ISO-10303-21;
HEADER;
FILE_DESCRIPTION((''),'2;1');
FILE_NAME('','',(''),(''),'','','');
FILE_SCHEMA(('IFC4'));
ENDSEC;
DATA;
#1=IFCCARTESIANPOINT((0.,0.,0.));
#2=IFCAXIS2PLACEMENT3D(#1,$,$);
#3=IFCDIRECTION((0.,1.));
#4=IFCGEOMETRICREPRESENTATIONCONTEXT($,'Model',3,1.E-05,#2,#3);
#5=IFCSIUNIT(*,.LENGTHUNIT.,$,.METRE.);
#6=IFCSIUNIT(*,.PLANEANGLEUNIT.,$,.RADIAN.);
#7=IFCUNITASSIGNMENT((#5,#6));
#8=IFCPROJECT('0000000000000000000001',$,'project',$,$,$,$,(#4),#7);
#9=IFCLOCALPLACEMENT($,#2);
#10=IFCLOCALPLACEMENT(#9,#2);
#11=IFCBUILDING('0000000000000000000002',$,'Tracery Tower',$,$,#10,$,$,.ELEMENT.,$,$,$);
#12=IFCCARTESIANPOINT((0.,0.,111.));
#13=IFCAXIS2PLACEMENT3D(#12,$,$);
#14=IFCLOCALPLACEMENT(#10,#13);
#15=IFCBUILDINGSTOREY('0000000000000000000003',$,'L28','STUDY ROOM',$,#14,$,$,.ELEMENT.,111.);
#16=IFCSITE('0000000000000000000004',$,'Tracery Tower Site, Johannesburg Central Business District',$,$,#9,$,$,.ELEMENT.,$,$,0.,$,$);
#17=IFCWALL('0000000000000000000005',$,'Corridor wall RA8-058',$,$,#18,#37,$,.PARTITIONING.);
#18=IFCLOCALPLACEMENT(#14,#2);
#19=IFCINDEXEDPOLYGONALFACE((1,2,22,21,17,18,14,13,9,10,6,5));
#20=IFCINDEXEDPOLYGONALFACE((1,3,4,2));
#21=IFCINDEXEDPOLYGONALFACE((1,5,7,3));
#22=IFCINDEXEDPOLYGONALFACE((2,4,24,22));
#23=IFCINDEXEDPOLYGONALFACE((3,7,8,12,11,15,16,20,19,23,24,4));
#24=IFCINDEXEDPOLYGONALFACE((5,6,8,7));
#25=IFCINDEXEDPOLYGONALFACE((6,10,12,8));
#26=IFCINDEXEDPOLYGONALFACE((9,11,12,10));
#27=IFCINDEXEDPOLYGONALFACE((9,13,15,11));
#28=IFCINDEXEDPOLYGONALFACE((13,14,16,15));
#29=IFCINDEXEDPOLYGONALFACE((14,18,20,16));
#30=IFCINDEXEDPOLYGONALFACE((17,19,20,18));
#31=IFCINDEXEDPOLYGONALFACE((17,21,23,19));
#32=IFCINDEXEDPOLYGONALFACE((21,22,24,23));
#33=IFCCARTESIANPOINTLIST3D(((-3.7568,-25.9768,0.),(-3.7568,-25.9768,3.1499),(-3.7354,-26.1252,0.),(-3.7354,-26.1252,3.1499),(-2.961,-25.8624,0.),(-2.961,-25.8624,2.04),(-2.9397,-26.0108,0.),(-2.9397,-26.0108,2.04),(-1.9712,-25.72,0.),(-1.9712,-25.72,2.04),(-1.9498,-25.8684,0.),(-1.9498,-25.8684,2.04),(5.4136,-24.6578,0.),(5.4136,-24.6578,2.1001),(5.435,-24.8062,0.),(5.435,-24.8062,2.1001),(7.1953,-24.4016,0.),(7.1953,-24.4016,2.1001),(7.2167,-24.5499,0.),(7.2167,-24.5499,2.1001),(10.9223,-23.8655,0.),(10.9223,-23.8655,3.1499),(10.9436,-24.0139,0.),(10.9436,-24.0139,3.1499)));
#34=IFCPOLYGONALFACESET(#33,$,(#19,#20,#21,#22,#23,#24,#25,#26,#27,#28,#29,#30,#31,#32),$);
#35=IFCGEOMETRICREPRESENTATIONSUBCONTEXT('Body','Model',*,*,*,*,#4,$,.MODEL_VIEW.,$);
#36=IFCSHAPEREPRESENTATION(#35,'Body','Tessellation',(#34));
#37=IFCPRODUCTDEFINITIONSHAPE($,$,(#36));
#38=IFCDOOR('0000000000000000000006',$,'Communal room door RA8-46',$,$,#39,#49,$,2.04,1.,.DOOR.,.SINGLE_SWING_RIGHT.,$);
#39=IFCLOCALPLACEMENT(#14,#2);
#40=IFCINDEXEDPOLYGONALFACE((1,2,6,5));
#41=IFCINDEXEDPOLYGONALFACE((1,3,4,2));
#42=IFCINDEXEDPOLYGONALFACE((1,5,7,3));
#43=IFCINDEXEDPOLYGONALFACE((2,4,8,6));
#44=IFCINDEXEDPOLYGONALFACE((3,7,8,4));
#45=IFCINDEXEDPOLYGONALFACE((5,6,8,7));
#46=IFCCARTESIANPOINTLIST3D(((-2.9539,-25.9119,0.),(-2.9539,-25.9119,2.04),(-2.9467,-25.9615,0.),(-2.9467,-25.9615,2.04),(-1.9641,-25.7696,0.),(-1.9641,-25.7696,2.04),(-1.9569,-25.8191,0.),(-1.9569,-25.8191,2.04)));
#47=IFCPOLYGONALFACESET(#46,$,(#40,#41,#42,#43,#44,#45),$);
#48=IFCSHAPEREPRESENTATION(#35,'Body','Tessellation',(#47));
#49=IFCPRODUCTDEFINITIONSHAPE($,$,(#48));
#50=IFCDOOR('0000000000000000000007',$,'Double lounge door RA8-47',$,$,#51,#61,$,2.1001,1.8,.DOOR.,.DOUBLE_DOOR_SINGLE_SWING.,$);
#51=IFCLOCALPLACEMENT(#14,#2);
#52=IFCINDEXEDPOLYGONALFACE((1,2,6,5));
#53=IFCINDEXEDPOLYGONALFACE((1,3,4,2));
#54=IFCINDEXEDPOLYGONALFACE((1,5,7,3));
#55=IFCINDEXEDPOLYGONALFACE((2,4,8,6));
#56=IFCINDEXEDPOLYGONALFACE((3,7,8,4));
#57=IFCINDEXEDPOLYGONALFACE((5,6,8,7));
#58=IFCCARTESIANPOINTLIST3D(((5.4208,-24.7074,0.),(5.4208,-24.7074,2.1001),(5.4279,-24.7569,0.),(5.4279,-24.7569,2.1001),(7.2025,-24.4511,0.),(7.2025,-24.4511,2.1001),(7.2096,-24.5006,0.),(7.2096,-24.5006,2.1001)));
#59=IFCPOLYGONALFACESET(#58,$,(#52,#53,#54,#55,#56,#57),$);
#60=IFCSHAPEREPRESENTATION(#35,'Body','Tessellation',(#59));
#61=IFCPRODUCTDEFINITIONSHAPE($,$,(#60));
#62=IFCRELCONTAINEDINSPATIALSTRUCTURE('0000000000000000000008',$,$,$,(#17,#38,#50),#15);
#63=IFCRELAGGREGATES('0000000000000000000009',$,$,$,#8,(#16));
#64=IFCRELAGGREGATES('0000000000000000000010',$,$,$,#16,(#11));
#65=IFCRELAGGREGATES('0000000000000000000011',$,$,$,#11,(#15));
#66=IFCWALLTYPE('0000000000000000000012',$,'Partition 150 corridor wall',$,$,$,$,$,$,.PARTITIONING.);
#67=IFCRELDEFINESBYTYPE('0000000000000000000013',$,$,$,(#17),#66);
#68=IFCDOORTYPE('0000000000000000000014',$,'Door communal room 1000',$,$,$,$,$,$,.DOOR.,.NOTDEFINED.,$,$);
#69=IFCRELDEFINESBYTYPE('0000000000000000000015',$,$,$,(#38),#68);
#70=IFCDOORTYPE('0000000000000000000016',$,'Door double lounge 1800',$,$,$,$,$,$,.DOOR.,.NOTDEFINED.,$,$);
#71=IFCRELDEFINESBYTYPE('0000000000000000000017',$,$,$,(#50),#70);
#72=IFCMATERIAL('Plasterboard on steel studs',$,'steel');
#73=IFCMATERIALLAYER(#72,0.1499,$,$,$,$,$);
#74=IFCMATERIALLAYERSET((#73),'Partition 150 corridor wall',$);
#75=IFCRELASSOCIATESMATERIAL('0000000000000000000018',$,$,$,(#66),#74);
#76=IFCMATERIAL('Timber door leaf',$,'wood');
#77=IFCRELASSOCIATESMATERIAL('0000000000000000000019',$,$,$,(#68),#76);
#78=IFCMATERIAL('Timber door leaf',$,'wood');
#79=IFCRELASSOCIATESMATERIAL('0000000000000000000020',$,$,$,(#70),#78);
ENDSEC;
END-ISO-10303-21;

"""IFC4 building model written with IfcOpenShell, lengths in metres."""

from ifc_helpers import new_model, si_unit, direction, frame, frame_2d, origin, place, context, subcontext, project, spatial, rectangle, extrude, material, layer, layer_set, type_object, element, fill, save


model = new_model("IFC4")

# Units and contexts
model_context = context("Model", 3, precision=1e-05, world=origin(), true_north=direction((0.0, 1.0)))
body_context = subcontext(model_context, "Body", "Model", "MODEL_VIEW")
ifc_project = project(units=[si_unit("LENGTHUNIT", "METRE"), si_unit("PLANEANGLEUNIT", "RADIAN")], contexts=[model_context])

# Site, building, storey
site_placement = place(None, origin())
site = spatial("IfcSite", under=ifc_project, at=site_placement, Name="Tracery Tower Site, Johannesburg Central Business District", CompositionType="ELEMENT", RefElevation=0.0)
building_placement = place(site_placement, origin())
building = spatial("IfcBuilding", under=site, at=building_placement, Name="Tracery Tower", CompositionType="ELEMENT")
storey_placement = place(building_placement, frame((0.0, 0.0, 111.0)))
storey = spatial("IfcBuildingStorey", under=building, at=storey_placement, Name="L28", Description="STUDY ROOM", CompositionType="ELEMENT", Elevation=111.0)

# Shared definitions
ifc_material_1 = material(Name="Plasterboard on steel studs", Category="steel")
ifc_layer_1 = layer(ifc_material_1, 0.1499)
ifc_layer_set_1 = layer_set([ifc_layer_1], Name="Partition 150 corridor wall")
wall_type_1 = type_object("IfcWallType", Name="Partition 150 corridor wall", PredefinedType="PARTITIONING", material=ifc_layer_set_1)

# Wall, openings, doors
wall_1_placement = place(storey_placement, frame((-3.7461, -26.051, 0.0), z_axis=(0.0, 0.0, 1.0), x_axis=(0.989814, 0.142369, 0.0)))
wall_1 = element("IfcWall", 1, at=wall_1_placement, inside=storey, type_object=wall_type_1, Name="Corridor wall RA8-058", PredefinedType="PARTITIONING", context=body_context, shape_type="SweptSolid", body=[
    extrude(rectangle(XDim=14.8301, YDim=0.1499, at=frame_2d((7.415, 0.0))), origin(), (0.0, 0.0, 1.0), 3.1499),
])
opening_1_placement = place(wall_1_placement, frame((0.804, 0.0, 0.0)))
opening_1 = element("IfcOpeningElement", 2, at=opening_1_placement, cuts=wall_1, PredefinedType="OPENING", context=body_context, shape_type="SweptSolid", body=[
    extrude(rectangle(XDim=1.0, YDim=2.04, at=frame_2d((0.5, 1.02))), frame((0.0, 0.075, 0.0), z_axis=(0.0, -1.0, 0.0), x_axis=(1.0, 0.0, 0.0)), (0.0, 0.0, 1.0), 0.1499),
])
opening_2_placement = place(wall_1_placement, frame((9.2649, 0.0, 0.0)))
opening_2 = element("IfcOpeningElement", 3, at=opening_2_placement, cuts=wall_1, PredefinedType="OPENING", context=body_context, shape_type="SweptSolid", body=[
    extrude(rectangle(XDim=1.8, YDim=2.1001, at=frame_2d((0.8999, 1.05))), frame((0.0, 0.075, 0.0), z_axis=(0.0, -1.0, 0.0), x_axis=(1.0, 0.0, 0.0)), (0.0, 0.0, 1.0), 0.1499),
])
ifc_material_2 = material(Name="Timber door leaf", Category="wood")
door_type_1 = type_object("IfcDoorType", Name="Door communal room 1000", OperationType="NOTDEFINED", PredefinedType="DOOR", material=ifc_material_2)
door_1_placement = place(opening_1_placement, origin())
door_1 = element("IfcDoor", 4, at=door_1_placement, inside=storey, type_object=door_type_1, Name="Communal room door RA8-46", OperationType="SINGLE_SWING_RIGHT", OverallHeight=2.04, OverallWidth=1.0, PredefinedType="DOOR", context=body_context, shape_type="SweptSolid", body=[
    extrude(rectangle(XDim=1.0, YDim=2.04, at=frame_2d((0.5, 1.02))), frame((0.0, 0.0249, 0.0), z_axis=(0.0, -1.0, 0.0), x_axis=(1.0, 0.0, 0.0)), (0.0, 0.0, 1.0), 0.05),
])
fill(opening_1, door_1)
ifc_material_3 = material(Name="Timber door leaf", Category="wood")
door_type_2 = type_object("IfcDoorType", Name="Door double lounge 1800", OperationType="NOTDEFINED", PredefinedType="DOOR", material=ifc_material_3)
door_2_placement = place(opening_2_placement, origin())
door_2 = element("IfcDoor", 5, at=door_2_placement, inside=storey, type_object=door_type_2, Name="Double lounge door RA8-47", OperationType="DOUBLE_DOOR_SINGLE_SWING", OverallHeight=2.1001, OverallWidth=1.8, PredefinedType="DOOR", context=body_context, shape_type="SweptSolid", body=[
    extrude(rectangle(XDim=1.8, YDim=2.1001, at=frame_2d((0.8999, 1.05))), frame((0.0, 0.0249, 0.0), z_axis=(0.0, -1.0, 0.0), x_axis=(1.0, 0.0, 0.0)), (0.0, 0.0, 1.0), 0.05),
])
fill(opening_2, door_2)

save(model, "model.ifc")
